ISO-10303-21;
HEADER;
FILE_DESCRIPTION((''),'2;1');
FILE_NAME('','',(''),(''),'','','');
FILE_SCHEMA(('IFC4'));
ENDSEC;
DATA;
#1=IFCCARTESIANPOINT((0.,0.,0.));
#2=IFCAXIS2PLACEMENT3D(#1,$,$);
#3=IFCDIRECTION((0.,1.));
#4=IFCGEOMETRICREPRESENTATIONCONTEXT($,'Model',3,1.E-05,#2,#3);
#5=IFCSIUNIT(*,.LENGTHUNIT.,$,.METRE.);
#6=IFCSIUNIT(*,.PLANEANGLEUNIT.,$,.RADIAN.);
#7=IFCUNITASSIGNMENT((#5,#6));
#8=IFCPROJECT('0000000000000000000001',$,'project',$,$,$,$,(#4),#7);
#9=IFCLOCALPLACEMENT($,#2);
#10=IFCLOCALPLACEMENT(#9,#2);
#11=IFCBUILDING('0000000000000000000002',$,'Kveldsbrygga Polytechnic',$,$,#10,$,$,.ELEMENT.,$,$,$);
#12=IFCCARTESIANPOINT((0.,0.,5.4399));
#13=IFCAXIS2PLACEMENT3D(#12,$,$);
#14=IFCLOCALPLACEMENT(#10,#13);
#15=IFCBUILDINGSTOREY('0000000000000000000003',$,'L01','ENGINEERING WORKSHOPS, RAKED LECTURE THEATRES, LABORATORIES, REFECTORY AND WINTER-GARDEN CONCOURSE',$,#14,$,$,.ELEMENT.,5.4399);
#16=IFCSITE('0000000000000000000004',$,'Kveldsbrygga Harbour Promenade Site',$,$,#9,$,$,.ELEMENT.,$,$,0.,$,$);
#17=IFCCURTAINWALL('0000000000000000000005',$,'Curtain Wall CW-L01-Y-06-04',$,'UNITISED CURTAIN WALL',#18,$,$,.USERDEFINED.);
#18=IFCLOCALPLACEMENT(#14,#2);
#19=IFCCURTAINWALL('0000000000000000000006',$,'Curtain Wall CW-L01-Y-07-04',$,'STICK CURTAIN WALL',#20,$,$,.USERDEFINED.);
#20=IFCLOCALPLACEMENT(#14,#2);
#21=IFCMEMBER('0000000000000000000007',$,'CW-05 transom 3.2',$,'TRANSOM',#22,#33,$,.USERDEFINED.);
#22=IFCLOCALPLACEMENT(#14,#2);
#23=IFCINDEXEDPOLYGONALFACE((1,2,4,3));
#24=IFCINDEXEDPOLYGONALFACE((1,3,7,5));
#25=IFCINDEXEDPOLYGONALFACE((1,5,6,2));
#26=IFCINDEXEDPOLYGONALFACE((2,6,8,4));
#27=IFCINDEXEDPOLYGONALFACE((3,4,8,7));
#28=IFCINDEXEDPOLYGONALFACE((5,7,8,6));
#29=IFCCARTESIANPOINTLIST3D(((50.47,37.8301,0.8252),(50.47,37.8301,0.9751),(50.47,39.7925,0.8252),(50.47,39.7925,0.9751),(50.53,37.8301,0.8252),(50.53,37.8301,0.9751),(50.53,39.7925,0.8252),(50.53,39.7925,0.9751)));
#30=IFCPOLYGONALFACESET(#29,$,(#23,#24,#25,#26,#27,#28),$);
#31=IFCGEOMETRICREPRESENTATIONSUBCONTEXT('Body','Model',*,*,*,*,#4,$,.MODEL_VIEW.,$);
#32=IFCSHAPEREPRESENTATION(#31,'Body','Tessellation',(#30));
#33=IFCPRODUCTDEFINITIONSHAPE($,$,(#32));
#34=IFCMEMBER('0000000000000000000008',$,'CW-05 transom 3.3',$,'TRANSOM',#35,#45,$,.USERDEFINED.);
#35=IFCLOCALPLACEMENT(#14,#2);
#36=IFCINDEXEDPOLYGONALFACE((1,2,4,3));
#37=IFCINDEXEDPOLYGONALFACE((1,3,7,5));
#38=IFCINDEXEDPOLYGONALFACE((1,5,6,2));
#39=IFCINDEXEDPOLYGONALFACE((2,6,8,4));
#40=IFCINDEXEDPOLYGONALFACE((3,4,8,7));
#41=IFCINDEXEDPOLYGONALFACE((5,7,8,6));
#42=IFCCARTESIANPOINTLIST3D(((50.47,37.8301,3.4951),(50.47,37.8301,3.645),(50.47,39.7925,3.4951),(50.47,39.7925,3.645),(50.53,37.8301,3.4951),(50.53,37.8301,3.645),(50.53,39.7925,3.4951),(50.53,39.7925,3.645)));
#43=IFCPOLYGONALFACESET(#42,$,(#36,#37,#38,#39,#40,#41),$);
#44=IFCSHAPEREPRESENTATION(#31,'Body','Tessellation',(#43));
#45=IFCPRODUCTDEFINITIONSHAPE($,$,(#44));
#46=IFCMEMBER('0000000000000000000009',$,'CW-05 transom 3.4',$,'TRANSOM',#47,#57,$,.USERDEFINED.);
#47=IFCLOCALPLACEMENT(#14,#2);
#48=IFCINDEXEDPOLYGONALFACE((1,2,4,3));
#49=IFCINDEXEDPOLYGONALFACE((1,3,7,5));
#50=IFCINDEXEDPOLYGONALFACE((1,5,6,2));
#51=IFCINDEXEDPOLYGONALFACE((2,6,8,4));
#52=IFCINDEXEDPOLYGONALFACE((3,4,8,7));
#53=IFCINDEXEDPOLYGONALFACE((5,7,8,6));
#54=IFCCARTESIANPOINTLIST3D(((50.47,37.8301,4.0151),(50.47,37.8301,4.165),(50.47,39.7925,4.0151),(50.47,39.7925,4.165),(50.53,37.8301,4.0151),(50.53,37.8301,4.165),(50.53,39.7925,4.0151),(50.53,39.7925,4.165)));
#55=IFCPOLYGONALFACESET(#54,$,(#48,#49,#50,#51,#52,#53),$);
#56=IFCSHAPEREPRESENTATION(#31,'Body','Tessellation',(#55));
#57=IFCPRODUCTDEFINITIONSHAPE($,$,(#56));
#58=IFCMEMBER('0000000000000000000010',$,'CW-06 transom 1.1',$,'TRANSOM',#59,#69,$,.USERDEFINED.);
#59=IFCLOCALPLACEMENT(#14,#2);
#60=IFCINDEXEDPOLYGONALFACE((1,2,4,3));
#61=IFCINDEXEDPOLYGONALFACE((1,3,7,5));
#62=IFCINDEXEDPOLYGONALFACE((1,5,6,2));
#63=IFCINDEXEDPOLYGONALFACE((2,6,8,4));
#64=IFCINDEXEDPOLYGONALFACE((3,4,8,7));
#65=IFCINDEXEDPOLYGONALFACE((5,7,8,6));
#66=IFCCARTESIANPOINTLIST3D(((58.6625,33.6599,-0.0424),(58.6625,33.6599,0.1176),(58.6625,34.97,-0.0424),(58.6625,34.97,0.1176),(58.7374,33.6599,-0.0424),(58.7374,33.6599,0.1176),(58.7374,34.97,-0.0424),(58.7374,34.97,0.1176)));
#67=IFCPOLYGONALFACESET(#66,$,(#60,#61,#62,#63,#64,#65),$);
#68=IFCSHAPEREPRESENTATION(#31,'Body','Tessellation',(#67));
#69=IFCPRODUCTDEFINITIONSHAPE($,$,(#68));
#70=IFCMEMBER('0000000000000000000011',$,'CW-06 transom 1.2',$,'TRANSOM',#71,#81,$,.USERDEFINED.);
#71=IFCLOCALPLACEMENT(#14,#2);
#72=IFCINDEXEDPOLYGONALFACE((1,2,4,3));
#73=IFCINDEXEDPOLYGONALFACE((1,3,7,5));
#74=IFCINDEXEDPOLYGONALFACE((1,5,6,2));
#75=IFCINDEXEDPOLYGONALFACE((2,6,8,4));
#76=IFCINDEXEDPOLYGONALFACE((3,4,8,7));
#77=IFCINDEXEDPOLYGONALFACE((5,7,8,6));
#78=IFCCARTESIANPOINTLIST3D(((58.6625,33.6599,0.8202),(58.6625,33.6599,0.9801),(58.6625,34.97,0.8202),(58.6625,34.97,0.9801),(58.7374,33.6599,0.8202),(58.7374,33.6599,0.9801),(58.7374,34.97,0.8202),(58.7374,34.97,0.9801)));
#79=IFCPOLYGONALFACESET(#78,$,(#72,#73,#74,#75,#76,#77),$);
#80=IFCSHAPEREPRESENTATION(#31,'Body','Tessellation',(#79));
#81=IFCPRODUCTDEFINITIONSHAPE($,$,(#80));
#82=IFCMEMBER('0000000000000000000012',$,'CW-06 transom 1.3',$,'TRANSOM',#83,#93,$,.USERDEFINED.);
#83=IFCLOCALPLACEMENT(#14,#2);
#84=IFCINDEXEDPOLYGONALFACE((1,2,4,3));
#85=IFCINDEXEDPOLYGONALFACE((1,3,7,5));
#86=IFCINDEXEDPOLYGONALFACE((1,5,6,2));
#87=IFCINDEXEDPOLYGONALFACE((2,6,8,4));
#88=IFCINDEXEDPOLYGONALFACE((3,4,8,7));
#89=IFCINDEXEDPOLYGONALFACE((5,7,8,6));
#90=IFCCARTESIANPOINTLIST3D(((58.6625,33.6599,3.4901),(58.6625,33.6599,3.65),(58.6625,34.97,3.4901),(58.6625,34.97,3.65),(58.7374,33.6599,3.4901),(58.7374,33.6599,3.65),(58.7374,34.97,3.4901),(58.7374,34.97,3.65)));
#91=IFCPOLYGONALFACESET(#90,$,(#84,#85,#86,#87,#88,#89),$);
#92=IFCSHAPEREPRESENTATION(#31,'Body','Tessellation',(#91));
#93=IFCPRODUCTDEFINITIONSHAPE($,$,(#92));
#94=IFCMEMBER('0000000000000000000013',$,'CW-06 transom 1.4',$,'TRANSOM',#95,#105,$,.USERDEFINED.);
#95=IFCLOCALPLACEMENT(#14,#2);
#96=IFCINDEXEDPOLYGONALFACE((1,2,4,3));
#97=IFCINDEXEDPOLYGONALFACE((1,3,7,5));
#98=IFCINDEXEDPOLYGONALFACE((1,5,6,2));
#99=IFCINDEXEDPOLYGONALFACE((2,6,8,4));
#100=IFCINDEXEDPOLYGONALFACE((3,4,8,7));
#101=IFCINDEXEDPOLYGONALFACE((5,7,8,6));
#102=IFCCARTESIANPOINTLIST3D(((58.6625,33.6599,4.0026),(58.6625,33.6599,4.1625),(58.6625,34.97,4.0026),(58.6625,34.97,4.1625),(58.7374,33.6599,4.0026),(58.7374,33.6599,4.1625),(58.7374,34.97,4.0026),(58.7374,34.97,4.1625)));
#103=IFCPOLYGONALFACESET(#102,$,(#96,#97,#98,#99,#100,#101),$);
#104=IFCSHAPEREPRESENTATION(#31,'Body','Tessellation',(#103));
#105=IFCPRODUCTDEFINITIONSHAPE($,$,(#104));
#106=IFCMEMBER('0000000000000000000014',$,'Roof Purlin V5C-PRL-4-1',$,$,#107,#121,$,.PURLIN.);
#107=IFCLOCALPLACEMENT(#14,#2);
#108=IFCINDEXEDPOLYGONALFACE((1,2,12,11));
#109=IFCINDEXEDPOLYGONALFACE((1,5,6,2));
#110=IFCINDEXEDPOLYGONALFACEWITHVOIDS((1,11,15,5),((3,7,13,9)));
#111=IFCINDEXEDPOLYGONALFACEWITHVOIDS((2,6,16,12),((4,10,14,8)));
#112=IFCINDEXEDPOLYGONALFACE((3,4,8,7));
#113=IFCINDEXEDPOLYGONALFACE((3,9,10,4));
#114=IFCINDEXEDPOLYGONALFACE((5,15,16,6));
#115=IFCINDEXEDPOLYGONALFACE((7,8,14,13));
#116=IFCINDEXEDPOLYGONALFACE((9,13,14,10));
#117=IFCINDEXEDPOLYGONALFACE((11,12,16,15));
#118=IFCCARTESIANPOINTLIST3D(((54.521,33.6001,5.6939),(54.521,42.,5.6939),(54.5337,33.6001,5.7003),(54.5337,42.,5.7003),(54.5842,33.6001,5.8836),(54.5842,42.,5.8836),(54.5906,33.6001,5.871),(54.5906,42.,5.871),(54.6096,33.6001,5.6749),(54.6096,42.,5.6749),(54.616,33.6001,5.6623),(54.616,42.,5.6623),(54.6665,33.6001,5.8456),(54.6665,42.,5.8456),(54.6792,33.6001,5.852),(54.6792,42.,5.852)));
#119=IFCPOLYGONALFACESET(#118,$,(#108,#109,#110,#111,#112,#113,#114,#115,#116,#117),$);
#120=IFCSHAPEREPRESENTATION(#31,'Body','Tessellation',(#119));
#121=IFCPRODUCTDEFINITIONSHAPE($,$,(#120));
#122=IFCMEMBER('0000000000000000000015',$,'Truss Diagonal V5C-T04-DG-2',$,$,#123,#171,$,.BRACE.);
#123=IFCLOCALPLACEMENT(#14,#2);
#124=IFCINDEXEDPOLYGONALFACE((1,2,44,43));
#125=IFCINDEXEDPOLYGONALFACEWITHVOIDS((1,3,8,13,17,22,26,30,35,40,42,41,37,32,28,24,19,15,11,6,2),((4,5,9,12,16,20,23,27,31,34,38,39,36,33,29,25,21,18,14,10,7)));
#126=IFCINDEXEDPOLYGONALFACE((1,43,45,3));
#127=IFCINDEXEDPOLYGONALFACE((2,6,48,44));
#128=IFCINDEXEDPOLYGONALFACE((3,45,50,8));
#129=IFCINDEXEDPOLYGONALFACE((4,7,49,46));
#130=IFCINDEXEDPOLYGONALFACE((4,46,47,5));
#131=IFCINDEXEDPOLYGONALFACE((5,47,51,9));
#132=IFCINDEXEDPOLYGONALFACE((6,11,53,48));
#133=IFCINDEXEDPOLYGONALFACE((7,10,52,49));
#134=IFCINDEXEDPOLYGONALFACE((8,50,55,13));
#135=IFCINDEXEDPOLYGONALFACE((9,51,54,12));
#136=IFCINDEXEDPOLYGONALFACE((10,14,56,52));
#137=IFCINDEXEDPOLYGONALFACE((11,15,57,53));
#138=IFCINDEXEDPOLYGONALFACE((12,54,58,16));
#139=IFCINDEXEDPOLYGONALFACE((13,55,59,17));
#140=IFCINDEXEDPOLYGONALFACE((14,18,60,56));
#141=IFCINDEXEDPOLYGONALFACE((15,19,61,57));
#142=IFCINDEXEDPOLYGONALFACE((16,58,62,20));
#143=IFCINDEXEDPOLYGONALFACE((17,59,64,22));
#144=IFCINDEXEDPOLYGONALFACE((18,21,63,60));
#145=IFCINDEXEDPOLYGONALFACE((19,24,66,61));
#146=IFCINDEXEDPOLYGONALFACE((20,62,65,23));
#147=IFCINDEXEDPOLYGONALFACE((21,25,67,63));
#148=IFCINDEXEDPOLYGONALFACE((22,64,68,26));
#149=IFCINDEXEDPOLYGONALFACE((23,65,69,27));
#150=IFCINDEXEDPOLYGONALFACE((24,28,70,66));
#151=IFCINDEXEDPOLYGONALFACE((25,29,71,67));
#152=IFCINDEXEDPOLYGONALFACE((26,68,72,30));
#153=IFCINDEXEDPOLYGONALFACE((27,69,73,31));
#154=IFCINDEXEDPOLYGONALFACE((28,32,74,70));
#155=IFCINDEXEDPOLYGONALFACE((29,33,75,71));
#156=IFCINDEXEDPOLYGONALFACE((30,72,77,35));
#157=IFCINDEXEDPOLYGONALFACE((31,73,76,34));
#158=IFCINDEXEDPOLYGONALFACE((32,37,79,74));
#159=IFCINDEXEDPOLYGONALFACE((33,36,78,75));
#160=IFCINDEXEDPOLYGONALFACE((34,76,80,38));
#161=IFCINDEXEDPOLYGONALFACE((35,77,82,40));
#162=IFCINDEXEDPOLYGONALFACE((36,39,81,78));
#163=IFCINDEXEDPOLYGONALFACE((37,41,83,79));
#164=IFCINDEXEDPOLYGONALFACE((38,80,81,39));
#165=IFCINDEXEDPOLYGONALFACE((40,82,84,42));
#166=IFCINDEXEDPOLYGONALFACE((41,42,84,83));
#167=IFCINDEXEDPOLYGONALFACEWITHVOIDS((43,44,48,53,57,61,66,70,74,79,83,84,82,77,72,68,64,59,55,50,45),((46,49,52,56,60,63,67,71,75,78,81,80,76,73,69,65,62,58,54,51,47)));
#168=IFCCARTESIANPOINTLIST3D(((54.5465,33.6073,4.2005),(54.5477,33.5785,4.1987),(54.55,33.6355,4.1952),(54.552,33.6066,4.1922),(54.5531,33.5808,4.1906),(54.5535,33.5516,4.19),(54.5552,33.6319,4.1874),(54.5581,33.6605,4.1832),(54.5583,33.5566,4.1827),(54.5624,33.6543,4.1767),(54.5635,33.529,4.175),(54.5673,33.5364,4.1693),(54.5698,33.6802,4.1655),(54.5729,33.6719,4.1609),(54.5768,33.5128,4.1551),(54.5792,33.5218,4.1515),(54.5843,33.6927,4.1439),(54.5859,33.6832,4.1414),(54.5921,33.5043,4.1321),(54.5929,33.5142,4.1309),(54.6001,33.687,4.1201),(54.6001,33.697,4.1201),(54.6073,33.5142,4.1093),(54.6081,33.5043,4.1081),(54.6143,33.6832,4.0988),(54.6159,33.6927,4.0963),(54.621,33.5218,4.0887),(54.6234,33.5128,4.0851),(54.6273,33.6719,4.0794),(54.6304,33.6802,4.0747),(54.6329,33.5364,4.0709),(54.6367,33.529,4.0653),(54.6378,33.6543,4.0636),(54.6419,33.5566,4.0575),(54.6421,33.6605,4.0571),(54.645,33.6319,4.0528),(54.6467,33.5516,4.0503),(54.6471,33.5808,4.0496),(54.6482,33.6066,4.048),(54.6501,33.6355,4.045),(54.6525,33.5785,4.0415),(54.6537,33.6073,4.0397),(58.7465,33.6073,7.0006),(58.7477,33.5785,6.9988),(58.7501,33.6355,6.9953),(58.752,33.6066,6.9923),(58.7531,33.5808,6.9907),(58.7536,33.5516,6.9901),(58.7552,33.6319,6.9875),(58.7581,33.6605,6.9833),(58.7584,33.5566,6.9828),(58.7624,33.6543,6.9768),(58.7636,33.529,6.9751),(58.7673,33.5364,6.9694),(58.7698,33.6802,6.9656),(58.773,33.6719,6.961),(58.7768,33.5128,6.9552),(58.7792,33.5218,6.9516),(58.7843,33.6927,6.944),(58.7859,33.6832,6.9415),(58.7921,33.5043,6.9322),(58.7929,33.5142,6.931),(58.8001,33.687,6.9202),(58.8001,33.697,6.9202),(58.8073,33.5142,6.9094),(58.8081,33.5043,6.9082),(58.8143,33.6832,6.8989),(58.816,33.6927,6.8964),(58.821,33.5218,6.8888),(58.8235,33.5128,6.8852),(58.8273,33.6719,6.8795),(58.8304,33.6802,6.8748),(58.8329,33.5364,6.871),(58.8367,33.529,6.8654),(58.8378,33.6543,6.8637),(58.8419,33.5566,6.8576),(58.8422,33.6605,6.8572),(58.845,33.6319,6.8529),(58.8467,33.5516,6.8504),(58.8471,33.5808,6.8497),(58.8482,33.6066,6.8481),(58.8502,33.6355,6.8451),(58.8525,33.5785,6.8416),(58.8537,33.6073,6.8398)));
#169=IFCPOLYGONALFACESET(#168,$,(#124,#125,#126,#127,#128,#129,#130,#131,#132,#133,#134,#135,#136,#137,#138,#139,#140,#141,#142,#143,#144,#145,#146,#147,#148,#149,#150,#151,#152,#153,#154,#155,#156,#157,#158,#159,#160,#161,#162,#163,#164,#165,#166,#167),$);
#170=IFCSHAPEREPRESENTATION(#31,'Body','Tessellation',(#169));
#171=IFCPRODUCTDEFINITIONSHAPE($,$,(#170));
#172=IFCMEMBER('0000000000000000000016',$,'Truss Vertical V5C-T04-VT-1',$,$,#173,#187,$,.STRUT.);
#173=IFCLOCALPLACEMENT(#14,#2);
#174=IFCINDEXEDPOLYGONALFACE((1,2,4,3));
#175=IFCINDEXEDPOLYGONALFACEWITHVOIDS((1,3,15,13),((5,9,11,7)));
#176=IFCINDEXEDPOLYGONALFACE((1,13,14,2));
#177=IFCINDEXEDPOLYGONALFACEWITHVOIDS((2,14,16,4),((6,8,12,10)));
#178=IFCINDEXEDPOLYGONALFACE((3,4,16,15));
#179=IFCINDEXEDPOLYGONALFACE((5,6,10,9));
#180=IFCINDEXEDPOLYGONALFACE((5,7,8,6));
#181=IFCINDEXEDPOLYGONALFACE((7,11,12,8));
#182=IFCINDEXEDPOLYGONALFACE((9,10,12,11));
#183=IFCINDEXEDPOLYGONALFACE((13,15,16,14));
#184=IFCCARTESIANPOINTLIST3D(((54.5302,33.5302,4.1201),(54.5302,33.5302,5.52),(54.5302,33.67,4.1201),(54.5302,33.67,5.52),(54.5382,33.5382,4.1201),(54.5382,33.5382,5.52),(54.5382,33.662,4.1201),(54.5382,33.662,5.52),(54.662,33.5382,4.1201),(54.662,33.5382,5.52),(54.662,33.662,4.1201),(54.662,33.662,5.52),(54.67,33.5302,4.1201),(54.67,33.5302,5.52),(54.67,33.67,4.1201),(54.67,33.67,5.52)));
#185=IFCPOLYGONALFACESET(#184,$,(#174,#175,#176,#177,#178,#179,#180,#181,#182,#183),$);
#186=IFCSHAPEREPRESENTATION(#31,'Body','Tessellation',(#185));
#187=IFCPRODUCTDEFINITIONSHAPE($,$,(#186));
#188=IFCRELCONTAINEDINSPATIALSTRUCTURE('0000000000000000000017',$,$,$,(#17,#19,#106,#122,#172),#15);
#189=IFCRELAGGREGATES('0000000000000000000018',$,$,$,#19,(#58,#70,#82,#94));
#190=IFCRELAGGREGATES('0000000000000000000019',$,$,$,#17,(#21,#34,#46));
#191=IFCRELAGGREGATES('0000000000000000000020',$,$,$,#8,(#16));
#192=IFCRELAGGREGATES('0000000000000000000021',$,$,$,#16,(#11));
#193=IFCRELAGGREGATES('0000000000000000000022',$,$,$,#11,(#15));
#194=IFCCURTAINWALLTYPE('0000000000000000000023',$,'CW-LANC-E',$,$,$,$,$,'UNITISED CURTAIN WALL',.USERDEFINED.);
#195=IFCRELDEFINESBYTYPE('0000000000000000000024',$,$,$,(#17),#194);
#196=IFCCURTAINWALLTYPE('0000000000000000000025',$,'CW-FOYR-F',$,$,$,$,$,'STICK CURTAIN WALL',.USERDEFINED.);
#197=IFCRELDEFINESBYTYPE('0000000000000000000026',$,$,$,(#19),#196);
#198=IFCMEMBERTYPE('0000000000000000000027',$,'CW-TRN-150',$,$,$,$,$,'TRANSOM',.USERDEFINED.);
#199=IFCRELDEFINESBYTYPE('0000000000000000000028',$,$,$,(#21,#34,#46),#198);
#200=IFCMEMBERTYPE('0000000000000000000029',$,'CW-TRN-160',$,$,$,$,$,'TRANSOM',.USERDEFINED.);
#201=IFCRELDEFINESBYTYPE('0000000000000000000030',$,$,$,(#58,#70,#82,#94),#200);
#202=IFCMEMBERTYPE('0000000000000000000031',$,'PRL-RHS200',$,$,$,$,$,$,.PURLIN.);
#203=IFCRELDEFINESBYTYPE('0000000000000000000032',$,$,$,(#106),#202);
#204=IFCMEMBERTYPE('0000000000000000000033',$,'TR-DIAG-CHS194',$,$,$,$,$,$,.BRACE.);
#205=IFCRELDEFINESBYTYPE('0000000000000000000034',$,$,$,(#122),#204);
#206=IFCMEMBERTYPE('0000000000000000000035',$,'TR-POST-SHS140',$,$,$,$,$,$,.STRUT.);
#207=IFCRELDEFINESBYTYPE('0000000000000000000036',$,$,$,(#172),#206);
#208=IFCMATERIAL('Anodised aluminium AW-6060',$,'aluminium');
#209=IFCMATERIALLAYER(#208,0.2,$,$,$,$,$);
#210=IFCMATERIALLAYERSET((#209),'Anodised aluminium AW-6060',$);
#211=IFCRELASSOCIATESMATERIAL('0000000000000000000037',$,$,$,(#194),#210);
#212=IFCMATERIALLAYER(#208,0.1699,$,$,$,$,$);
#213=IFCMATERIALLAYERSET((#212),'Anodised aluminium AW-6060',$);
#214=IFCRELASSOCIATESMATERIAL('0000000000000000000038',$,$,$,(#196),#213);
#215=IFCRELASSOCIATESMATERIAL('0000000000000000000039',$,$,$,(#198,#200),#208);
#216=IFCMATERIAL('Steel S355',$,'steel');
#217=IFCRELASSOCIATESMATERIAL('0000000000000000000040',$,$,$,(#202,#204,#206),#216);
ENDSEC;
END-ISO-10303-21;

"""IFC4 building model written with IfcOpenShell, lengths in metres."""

from ifc_helpers import new_model, si_unit, direction, frame, origin, origin_2d, place, context, subcontext, project, spatial, rectangle, hollow_rectangle, hollow_circle, extrude, material, layer, layer_set, material_profile, profile_set, type_object, element, aggregate, save


model = new_model("IFC4")

# Units and contexts
model_context = context("Model", 3, precision=1e-05, world=origin(), true_north=direction((0.0, 1.0)))
body_context = subcontext(model_context, "Body", "Model", "MODEL_VIEW")
ifc_project = project(units=[si_unit("LENGTHUNIT", "METRE"), si_unit("PLANEANGLEUNIT", "RADIAN")], contexts=[model_context])

# Site, building, storey
site_placement = place(None, origin())
site = spatial("IfcSite", under=ifc_project, at=site_placement, Name="Kveldsbrygga Harbour Promenade Site", CompositionType="ELEMENT", RefElevation=0.0)
building_placement = place(site_placement, origin())
building = spatial("IfcBuilding", under=site, at=building_placement, Name="Kveldsbrygga Polytechnic", CompositionType="ELEMENT")
storey_placement = place(building_placement, frame((0.0, 0.0, 5.4399)))
storey = spatial("IfcBuildingStorey", under=building, at=storey_placement, Name="L01", Description="ENGINEERING WORKSHOPS, RAKED LECTURE THEATRES, LABORATORIES, REFECTORY AND WINTER-GARDEN CONCOURSE", CompositionType="ELEMENT", Elevation=5.4399)

# Shared definitions
ifc_material_1 = material(Name="Anodised aluminium AW-6060", Category="aluminium")
ifc_layer_1 = layer(ifc_material_1, 0.2)
ifc_layer_set_1 = layer_set([ifc_layer_1], Name="Anodised aluminium AW-6060")
curtain_wall_type_1 = type_object("IfcCurtainWallType", Name="CW-LANC-E", ElementType="UNITISED CURTAIN WALL", PredefinedType="USERDEFINED", material=ifc_layer_set_1)

# Curtain walls
curtain_wall_1_placement = place(storey_placement, origin())
curtain_wall_1 = element("IfcCurtainWall", 1, at=curtain_wall_1_placement, inside=storey, type_object=curtain_wall_type_1, Name="Curtain Wall CW-L01-Y-06-04", ObjectType="UNITISED CURTAIN WALL", PredefinedType="USERDEFINED")
ifc_layer_2 = layer(ifc_material_1, 0.1699)
ifc_layer_set_2 = layer_set([ifc_layer_2], Name="Anodised aluminium AW-6060")
curtain_wall_type_2 = type_object("IfcCurtainWallType", Name="CW-FOYR-F", ElementType="STICK CURTAIN WALL", PredefinedType="USERDEFINED", material=ifc_layer_set_2)
curtain_wall_2_placement = place(storey_placement, origin())
curtain_wall_2 = element("IfcCurtainWall", 2, at=curtain_wall_2_placement, inside=storey, type_object=curtain_wall_type_2, Name="Curtain Wall CW-L01-Y-07-04", ObjectType="STICK CURTAIN WALL", PredefinedType="USERDEFINED")

# Members
ifc_material_profile_1 = material_profile(ifc_material_1, rectangle(XDim=0.0601, YDim=0.1499, at=origin_2d()), Name="ALU 60x150")
ifc_profile_set_1 = profile_set([ifc_material_profile_1], Name="Anodised aluminium AW-6060")
member_type_1 = type_object("IfcMemberType", Name="CW-TRN-150", ElementType="TRANSOM", PredefinedType="USERDEFINED", material=ifc_profile_set_1)
member_1_placement = place(storey_placement, frame((50.5, 37.8301, 0.9001), z_axis=(0.0, 1.0, 0.0), x_axis=(-1.0, 0.0, 0.0)))
member_1 = element("IfcMember", 3, at=member_1_placement, type_object=member_type_1, Name="CW-05 transom 3.2", ObjectType="TRANSOM", PredefinedType="USERDEFINED", context=body_context, shape_type="SweptSolid", body=[
    extrude(rectangle(XDim=0.0601, YDim=0.1499, at=origin_2d()), origin(), (0.0, 0.0, 1.0), 1.9624),
])
member_2_placement = place(storey_placement, frame((50.5, 37.8301, 3.5701), z_axis=(0.0, 1.0, 0.0), x_axis=(-1.0, 0.0, 0.0)))
member_2 = element("IfcMember", 4, at=member_2_placement, type_object=member_type_1, Name="CW-05 transom 3.3", ObjectType="TRANSOM", PredefinedType="USERDEFINED", context=body_context, shape_type="SweptSolid", body=[
    extrude(rectangle(XDim=0.0601, YDim=0.1499, at=origin_2d()), origin(), (0.0, 0.0, 1.0), 1.9624),
])
member_3_placement = place(storey_placement, frame((50.5, 37.8301, 4.0901), z_axis=(0.0, 1.0, 0.0), x_axis=(-1.0, 0.0, 0.0)))
member_3 = element("IfcMember", 5, at=member_3_placement, type_object=member_type_1, Name="CW-05 transom 3.4", ObjectType="TRANSOM", PredefinedType="USERDEFINED", context=body_context, shape_type="SweptSolid", body=[
    extrude(rectangle(XDim=0.0601, YDim=0.1499, at=origin_2d()), origin(), (0.0, 0.0, 1.0), 1.9624),
])
ifc_material_profile_2 = material_profile(ifc_material_1, rectangle(XDim=0.075, YDim=0.1599, at=origin_2d()), Name="ALU 75x160")
ifc_profile_set_2 = profile_set([ifc_material_profile_2], Name="Anodised aluminium AW-6060")
member_type_2 = type_object("IfcMemberType", Name="CW-TRN-160", ElementType="TRANSOM", PredefinedType="USERDEFINED", material=ifc_profile_set_2)
member_4_placement = place(storey_placement, frame((58.7, 33.6599, 0.0376), z_axis=(0.0, 1.0, 0.0), x_axis=(-1.0, 0.0, 0.0)))
member_4 = element("IfcMember", 6, at=member_4_placement, type_object=member_type_2, Name="CW-06 transom 1.1", ObjectType="TRANSOM", PredefinedType="USERDEFINED", context=body_context, shape_type="SweptSolid", body=[
    extrude(rectangle(XDim=0.075, YDim=0.1599, at=origin_2d()), origin(), (0.0, 0.0, 1.0), 1.3101),
])
member_5_placement = place(storey_placement, frame((58.7, 33.6599, 0.9001), z_axis=(0.0, 1.0, 0.0), x_axis=(-1.0, 0.0, 0.0)))
member_5 = element("IfcMember", 7, at=member_5_placement, type_object=member_type_2, Name="CW-06 transom 1.2", ObjectType="TRANSOM", PredefinedType="USERDEFINED", context=body_context, shape_type="SweptSolid", body=[
    extrude(rectangle(XDim=0.075, YDim=0.1599, at=origin_2d()), origin(), (0.0, 0.0, 1.0), 1.3101),
])
member_6_placement = place(storey_placement, frame((58.7, 33.6599, 3.5701), z_axis=(0.0, 1.0, 0.0), x_axis=(-1.0, 0.0, 0.0)))
member_6 = element("IfcMember", 8, at=member_6_placement, type_object=member_type_2, Name="CW-06 transom 1.3", ObjectType="TRANSOM", PredefinedType="USERDEFINED", context=body_context, shape_type="SweptSolid", body=[
    extrude(rectangle(XDim=0.075, YDim=0.1599, at=origin_2d()), origin(), (0.0, 0.0, 1.0), 1.3101),
])
member_7_placement = place(storey_placement, frame((58.7, 33.6599, 4.0825), z_axis=(0.0, 1.0, 0.0), x_axis=(-1.0, 0.0, 0.0)))
member_7 = element("IfcMember", 9, at=member_7_placement, type_object=member_type_2, Name="CW-06 transom 1.4", ObjectType="TRANSOM", PredefinedType="USERDEFINED", context=body_context, shape_type="SweptSolid", body=[
    extrude(rectangle(XDim=0.075, YDim=0.1599, at=origin_2d()), origin(), (0.0, 0.0, 1.0), 1.3101),
])
aggregate(curtain_wall_2, [member_4, member_5, member_6, member_7])

# Members
ifc_material_2 = material(Name="Steel S355", Category="steel")
ifc_material_profile_3 = material_profile(ifc_material_2, hollow_rectangle(XDim=0.1001, YDim=0.2, WallThickness=0.01, at=origin_2d()), Name="RHS 200x100x10.0")
ifc_profile_set_3 = profile_set([ifc_material_profile_3], Name="Steel S355")
member_type_3 = type_object("IfcMemberType", Name="PRL-RHS200", PredefinedType="PURLIN", material=ifc_profile_set_3)
member_8_placement = place(storey_placement, frame((54.6001, 33.6001, 5.7729), z_axis=(0.0, 1.0, 0.0), x_axis=(-0.948684, 0.0, 0.316227)))
element("IfcMember", 10, at=member_8_placement, inside=storey, type_object=member_type_3, Name="Roof Purlin V5C-PRL-4-1", PredefinedType="PURLIN", context=body_context, shape_type="SweptSolid", body=[
    extrude(hollow_rectangle(XDim=0.1001, YDim=0.2, WallThickness=0.01, at=origin_2d()), origin(), (0.0, 0.0, 1.0), 8.3999),
])
ifc_material_profile_4 = material_profile(ifc_material_2, hollow_circle(Radius=0.0969, WallThickness=0.01, at=origin_2d()), Name="CHS 193.7x10.0")
ifc_profile_set_4 = profile_set([ifc_material_profile_4], Name="Steel S355")
member_type_4 = type_object("IfcMemberType", Name="TR-DIAG-CHS194", PredefinedType="BRACE", material=ifc_profile_set_4)
member_9_placement = place(storey_placement, frame((54.6001, 33.6001, 4.1201), z_axis=(0.832043, 0.0, 0.554711), x_axis=(0.0, 1.0, 0.0)))
element("IfcMember", 11, at=member_9_placement, inside=storey, type_object=member_type_4, Name="Truss Diagonal V5C-T04-DG-2", PredefinedType="BRACE", context=body_context, shape_type="SweptSolid", body=[
    extrude(hollow_circle(Radius=0.0969, WallThickness=0.01, at=origin_2d()), origin(), (0.0, 0.0, 1.0), 5.0479),
])
ifc_material_profile_5 = material_profile(ifc_material_2, hollow_rectangle(XDim=0.1399, YDim=0.1399, WallThickness=0.0081, at=origin_2d()), Name="SHS 140x140x8.0")
ifc_profile_set_5 = profile_set([ifc_material_profile_5], Name="Steel S355")
member_type_5 = type_object("IfcMemberType", Name="TR-POST-SHS140", PredefinedType="STRUT", material=ifc_profile_set_5)
member_10_placement = place(storey_placement, frame((54.6001, 33.6001, 4.1201), z_axis=(0.0, 0.0, 1.0), x_axis=(1.0, 0.0, 0.0)))
element("IfcMember", 12, at=member_10_placement, inside=storey, type_object=member_type_5, Name="Truss Vertical V5C-T04-VT-1", PredefinedType="STRUT", context=body_context, shape_type="SweptSolid", body=[
    extrude(hollow_rectangle(XDim=0.1399, YDim=0.1399, WallThickness=0.0081, at=origin_2d()), origin(), (0.0, 0.0, 1.0), 1.3999),
])

aggregate(curtain_wall_1, [member_1, member_2, member_3])

save(model, "model.ifc")
